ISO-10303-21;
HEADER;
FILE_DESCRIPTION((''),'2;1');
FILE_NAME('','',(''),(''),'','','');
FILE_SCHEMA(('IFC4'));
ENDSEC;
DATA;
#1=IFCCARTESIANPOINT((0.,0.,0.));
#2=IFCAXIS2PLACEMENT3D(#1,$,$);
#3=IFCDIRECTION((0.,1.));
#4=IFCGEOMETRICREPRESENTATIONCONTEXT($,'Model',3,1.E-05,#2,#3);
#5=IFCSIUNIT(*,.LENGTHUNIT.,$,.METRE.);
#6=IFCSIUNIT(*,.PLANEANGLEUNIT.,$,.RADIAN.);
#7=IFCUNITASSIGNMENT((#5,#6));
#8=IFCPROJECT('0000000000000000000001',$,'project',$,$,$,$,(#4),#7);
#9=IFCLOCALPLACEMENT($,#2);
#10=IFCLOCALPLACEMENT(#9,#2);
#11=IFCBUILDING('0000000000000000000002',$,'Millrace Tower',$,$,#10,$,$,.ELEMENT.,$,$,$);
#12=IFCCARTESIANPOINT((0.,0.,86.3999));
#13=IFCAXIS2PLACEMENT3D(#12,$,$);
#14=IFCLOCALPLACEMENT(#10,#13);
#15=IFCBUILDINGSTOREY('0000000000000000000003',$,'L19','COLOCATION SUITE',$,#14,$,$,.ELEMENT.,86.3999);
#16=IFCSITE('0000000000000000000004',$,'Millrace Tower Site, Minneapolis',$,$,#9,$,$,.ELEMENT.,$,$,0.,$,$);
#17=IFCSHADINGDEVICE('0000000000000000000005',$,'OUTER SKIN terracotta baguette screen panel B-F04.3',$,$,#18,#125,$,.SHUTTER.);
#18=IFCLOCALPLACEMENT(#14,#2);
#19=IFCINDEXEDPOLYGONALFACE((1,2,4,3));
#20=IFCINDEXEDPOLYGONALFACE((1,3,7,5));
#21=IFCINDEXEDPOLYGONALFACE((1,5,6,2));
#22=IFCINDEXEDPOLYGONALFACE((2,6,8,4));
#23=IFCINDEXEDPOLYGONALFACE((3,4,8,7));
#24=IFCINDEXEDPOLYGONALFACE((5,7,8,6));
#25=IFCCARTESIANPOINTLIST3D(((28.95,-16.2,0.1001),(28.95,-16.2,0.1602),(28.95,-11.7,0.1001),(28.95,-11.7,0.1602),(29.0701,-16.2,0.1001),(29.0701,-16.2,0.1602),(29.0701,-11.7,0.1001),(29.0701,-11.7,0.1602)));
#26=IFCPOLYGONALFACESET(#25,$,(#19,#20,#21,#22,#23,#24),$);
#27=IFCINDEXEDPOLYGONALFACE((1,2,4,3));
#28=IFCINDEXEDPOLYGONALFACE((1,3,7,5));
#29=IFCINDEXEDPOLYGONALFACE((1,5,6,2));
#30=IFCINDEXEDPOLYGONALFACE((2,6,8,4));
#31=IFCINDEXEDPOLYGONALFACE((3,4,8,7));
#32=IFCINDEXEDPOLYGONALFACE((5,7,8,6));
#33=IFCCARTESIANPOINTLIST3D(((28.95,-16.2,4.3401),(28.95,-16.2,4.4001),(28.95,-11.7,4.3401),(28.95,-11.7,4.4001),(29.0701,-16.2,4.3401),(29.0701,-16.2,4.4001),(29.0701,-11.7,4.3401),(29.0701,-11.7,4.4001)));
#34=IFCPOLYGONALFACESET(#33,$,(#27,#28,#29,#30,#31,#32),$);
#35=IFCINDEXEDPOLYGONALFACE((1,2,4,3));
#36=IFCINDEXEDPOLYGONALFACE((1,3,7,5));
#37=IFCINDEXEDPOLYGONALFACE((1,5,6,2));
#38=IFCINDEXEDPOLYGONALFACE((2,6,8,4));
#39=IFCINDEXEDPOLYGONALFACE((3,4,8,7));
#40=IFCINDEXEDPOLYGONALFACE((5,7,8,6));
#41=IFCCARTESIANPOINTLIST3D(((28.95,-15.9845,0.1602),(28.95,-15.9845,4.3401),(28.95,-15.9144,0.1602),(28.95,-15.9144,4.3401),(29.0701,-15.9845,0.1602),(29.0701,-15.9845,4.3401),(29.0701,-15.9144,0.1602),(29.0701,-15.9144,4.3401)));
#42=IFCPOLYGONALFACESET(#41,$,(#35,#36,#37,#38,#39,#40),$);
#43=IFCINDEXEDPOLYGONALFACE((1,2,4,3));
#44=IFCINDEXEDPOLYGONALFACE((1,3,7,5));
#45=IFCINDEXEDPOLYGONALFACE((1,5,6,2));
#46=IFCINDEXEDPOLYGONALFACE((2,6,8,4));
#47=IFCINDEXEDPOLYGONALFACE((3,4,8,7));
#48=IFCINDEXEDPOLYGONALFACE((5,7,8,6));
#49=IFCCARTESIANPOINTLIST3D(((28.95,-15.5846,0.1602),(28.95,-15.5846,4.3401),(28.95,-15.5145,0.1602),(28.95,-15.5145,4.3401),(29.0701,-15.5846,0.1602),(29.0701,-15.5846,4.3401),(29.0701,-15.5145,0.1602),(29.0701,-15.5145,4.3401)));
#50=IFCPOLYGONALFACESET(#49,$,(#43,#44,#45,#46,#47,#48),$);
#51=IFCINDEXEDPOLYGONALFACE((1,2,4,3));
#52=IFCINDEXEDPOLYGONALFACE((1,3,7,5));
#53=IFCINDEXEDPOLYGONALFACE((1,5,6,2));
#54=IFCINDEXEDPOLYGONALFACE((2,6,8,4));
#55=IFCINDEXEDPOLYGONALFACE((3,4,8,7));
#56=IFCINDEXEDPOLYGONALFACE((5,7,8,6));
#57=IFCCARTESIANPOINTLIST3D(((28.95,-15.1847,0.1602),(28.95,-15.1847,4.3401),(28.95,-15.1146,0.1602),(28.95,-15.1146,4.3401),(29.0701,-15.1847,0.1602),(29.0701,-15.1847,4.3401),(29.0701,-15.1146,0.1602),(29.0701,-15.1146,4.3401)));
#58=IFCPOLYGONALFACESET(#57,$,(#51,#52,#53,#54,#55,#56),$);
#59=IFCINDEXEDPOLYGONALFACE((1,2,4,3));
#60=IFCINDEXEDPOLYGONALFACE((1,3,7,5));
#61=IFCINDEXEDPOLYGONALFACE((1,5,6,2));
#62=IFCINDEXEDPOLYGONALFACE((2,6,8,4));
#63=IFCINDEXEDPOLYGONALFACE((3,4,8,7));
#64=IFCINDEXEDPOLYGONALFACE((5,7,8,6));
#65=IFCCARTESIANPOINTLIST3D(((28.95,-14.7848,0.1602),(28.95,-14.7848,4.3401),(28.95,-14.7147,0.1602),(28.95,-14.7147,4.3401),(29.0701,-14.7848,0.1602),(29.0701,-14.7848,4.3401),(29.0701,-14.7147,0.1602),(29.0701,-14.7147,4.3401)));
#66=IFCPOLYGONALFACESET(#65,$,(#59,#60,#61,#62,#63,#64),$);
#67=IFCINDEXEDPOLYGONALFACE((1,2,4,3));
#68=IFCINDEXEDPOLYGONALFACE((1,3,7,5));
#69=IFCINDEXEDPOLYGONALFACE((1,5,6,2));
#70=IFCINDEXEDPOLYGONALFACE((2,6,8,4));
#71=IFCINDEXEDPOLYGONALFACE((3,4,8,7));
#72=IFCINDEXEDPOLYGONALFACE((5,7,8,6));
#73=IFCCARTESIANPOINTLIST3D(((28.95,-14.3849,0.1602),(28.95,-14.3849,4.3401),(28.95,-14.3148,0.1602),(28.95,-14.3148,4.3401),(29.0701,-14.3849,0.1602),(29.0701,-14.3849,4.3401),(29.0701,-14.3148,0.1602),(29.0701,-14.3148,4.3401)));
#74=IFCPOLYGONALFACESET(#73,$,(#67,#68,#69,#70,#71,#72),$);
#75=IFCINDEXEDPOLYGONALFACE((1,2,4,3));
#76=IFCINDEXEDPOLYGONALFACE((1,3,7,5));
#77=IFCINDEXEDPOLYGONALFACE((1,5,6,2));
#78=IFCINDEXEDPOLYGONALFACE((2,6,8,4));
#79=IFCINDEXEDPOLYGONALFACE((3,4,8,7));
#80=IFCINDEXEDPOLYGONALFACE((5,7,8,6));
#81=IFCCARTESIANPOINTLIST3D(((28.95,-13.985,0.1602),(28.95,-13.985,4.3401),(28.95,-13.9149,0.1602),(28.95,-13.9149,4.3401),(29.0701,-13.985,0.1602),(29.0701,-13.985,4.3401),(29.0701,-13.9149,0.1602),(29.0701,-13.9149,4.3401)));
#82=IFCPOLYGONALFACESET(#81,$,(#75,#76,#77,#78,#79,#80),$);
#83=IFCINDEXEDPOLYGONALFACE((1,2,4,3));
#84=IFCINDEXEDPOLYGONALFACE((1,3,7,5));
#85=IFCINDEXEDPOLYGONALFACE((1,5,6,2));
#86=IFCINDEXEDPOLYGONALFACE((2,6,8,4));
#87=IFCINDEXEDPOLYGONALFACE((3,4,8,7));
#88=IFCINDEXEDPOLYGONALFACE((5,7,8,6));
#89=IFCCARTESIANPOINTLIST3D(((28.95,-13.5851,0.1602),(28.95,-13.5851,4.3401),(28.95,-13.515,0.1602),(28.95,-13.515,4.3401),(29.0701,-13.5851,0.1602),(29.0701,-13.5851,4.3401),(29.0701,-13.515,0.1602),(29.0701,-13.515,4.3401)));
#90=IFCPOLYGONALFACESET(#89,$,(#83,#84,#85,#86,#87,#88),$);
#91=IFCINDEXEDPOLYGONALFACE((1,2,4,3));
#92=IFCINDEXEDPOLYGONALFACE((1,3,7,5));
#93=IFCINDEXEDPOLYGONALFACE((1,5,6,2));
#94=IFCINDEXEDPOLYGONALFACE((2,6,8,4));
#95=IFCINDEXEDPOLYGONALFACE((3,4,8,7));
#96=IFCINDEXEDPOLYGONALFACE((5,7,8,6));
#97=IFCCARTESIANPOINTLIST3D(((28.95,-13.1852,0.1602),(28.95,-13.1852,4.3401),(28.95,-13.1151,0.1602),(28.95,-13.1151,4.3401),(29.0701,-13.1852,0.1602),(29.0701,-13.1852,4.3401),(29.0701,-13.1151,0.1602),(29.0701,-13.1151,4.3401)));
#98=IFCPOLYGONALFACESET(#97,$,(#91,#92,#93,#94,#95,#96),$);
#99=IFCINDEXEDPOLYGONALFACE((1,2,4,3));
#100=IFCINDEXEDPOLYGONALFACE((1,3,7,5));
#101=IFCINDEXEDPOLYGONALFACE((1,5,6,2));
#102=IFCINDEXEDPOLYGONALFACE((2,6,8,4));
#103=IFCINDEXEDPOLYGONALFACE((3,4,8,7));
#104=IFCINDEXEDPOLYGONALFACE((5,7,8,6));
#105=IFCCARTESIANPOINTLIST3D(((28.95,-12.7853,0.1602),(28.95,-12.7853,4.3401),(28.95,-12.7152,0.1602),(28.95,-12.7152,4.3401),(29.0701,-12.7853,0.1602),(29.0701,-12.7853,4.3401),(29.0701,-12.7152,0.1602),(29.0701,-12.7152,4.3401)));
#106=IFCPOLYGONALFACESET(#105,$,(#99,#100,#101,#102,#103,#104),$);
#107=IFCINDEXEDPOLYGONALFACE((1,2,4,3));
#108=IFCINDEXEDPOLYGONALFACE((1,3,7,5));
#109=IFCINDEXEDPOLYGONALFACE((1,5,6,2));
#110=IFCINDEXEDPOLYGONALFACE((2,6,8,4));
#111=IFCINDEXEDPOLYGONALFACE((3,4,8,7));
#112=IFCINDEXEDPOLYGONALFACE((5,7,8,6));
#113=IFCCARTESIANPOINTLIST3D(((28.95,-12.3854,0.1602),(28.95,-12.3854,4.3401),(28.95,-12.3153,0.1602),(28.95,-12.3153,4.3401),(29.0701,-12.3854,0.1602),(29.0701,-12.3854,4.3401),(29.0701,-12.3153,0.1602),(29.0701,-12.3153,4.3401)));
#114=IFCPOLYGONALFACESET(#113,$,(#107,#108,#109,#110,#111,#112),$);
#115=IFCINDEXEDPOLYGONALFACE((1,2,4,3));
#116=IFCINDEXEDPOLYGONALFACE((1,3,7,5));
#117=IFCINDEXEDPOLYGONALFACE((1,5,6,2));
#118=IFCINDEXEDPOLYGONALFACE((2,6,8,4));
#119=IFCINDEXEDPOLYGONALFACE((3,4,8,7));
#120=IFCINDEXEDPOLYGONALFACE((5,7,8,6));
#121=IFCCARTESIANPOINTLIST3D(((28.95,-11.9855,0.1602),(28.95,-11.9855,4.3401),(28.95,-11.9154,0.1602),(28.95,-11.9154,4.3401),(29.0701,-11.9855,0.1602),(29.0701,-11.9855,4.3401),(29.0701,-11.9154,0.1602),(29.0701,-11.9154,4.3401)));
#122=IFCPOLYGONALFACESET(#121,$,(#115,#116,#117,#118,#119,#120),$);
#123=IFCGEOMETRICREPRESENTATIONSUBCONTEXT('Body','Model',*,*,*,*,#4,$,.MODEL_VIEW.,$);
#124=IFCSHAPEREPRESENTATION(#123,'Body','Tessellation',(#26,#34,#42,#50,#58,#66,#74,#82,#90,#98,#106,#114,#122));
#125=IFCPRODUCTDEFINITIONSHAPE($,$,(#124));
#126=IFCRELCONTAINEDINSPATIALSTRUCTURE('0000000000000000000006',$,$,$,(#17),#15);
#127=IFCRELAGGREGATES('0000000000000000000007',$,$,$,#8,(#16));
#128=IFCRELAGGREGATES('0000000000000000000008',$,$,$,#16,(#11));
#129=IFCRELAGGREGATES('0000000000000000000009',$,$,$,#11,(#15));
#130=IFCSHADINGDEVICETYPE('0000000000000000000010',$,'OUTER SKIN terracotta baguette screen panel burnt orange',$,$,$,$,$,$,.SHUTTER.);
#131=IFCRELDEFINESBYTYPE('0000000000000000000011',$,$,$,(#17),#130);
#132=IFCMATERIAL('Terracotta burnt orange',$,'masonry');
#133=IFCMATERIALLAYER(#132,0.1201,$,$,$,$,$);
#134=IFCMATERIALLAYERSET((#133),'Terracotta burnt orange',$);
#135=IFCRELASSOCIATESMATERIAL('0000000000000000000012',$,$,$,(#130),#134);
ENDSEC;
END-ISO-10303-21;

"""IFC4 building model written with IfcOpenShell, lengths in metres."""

from ifc_helpers import new_model, entity, si_unit, direction, frame, frame_2d, origin, origin_2d, place, context, subcontext, project, spatial, rectangle, extrude, source, transform, mapped, material, layer, layer_set, type_object, element, save


model = new_model("IFC4")

# Units and contexts
model_context = context("Model", 3, precision=1e-05, world=origin(), true_north=direction((0.0, 1.0)))
body_context = subcontext(model_context, "Body", "Model", "MODEL_VIEW")
ifc_project = project(units=[si_unit("LENGTHUNIT", "METRE"), si_unit("PLANEANGLEUNIT", "RADIAN")], contexts=[model_context])

# Site, building, storey
site_placement = place(None, origin())
site = spatial("IfcSite", under=ifc_project, at=site_placement, Name="Millrace Tower Site, Minneapolis", CompositionType="ELEMENT", RefElevation=0.0)
building_placement = place(site_placement, origin())
building = spatial("IfcBuilding", under=site, at=building_placement, Name="Millrace Tower", CompositionType="ELEMENT")
storey_placement = place(building_placement, frame((0.0, 0.0, 86.3999)))
storey = spatial("IfcBuildingStorey", under=building, at=storey_placement, Name="L19", Description="COLOCATION SUITE", CompositionType="ELEMENT", Elevation=86.3999)

# Shading device
ifc_material_1 = material(Name="Terracotta burnt orange", Category="masonry")
ifc_layer_1 = layer(ifc_material_1, 0.1201)
ifc_layer_set_1 = layer_set([ifc_layer_1], Name="Terracotta burnt orange")
shading_device_type = type_object("IfcShadingDeviceType", Name="OUTER SKIN terracotta baguette screen panel burnt orange", PredefinedType="SHUTTER", material=ifc_layer_set_1)
cartesian_point_1 = entity("IfcCartesianPoint", [-2.25, 0.0601])
shared_polyline_1 = entity("IfcPolyline", [cartesian_point_1, entity("IfcCartesianPoint", [2.25, 0.0601]), entity("IfcCartesianPoint", [2.25, -0.0601]), entity("IfcCartesianPoint", [-2.25, -0.0601]), cartesian_point_1])
shared_shape_1 = source(origin(), body_context, "Body", "SweptSolid", [
    entity("IfcExtrudedAreaSolid", entity("IfcArbitraryClosedProfileDef", "AREA", None, shared_polyline_1), entity("IfcAxis2Placement3D", entity("IfcCartesianPoint", [0.0, 0.0, 0.0])), entity("IfcDirection", [0.0, 0.0, 1.0]), 0.0601),
    entity("IfcExtrudedAreaSolid", entity("IfcArbitraryClosedProfileDef", "AREA", None, shared_polyline_1), entity("IfcAxis2Placement3D", entity("IfcCartesianPoint", [0.0, 0.0, 4.24])), entity("IfcDirection", [0.0, 0.0, 1.0]), 0.0601),
    extrude(rectangle(XDim=0.0701, YDim=0.1201, at=frame_2d((-1.9995, 0.0))), frame((0.0, 0.0, 0.0601)), (0.0, 0.0, 1.0), 4.1799),
    extrude(rectangle(XDim=0.0701, YDim=0.1201, at=frame_2d((-1.5996, 0.0))), frame((0.0, 0.0, 0.0601)), (0.0, 0.0, 1.0), 4.1799),
    extrude(rectangle(XDim=0.0701, YDim=0.1201, at=frame_2d((-1.1997, 0.0))), frame((0.0, 0.0, 0.0601)), (0.0, 0.0, 1.0), 4.1799),
    extrude(rectangle(XDim=0.0701, YDim=0.1201, at=frame_2d((-0.7998, 0.0))), frame((0.0, 0.0, 0.0601)), (0.0, 0.0, 1.0), 4.1799),
    extrude(rectangle(XDim=0.0701, YDim=0.1201, at=frame_2d((-0.3999, 0.0))), frame((0.0, 0.0, 0.0601)), (0.0, 0.0, 1.0), 4.1799),
    extrude(rectangle(XDim=0.0701, YDim=0.1201, at=origin_2d()), frame((0.0, 0.0, 0.0601)), (0.0, 0.0, 1.0), 4.1799),
    extrude(rectangle(XDim=0.0701, YDim=0.1201, at=frame_2d((0.3999, 0.0))), frame((0.0, 0.0, 0.0601)), (0.0, 0.0, 1.0), 4.1799),
    extrude(rectangle(XDim=0.0701, YDim=0.1201, at=frame_2d((0.7998, 0.0))), frame((0.0, 0.0, 0.0601)), (0.0, 0.0, 1.0), 4.1799),
    extrude(rectangle(XDim=0.0701, YDim=0.1201, at=frame_2d((1.1997, 0.0))), frame((0.0, 0.0, 0.0601)), (0.0, 0.0, 1.0), 4.1799),
    extrude(rectangle(XDim=0.0701, YDim=0.1201, at=frame_2d((1.5996, 0.0))), frame((0.0, 0.0, 0.0601)), (0.0, 0.0, 1.0), 4.1799),
    extrude(rectangle(XDim=0.0701, YDim=0.1201, at=frame_2d((1.9995, 0.0))), frame((0.0, 0.0, 0.0601)), (0.0, 0.0, 1.0), 4.1799),
])
for number, where, z_axis, x_axis, name in (
    (1, (29.01, -13.95, 0.1001), (0.0, 0.0, 1.0), (0.0, 1.0, 0.0), "OUTER SKIN terracotta baguette screen panel B-F04.3"),
):
    element("IfcShadingDevice", number, at=place(storey_placement, frame(where, z_axis=z_axis, x_axis=x_axis)), inside=storey, type_object=shading_device_type, Name=name, PredefinedType="SHUTTER", context=body_context, shape_type="MappedRepresentation", body=[
        mapped(shared_shape_1, transform((0.0, 0.0, 0.0), scale=1.0)),
    ])

save(model, "model.ifc")
